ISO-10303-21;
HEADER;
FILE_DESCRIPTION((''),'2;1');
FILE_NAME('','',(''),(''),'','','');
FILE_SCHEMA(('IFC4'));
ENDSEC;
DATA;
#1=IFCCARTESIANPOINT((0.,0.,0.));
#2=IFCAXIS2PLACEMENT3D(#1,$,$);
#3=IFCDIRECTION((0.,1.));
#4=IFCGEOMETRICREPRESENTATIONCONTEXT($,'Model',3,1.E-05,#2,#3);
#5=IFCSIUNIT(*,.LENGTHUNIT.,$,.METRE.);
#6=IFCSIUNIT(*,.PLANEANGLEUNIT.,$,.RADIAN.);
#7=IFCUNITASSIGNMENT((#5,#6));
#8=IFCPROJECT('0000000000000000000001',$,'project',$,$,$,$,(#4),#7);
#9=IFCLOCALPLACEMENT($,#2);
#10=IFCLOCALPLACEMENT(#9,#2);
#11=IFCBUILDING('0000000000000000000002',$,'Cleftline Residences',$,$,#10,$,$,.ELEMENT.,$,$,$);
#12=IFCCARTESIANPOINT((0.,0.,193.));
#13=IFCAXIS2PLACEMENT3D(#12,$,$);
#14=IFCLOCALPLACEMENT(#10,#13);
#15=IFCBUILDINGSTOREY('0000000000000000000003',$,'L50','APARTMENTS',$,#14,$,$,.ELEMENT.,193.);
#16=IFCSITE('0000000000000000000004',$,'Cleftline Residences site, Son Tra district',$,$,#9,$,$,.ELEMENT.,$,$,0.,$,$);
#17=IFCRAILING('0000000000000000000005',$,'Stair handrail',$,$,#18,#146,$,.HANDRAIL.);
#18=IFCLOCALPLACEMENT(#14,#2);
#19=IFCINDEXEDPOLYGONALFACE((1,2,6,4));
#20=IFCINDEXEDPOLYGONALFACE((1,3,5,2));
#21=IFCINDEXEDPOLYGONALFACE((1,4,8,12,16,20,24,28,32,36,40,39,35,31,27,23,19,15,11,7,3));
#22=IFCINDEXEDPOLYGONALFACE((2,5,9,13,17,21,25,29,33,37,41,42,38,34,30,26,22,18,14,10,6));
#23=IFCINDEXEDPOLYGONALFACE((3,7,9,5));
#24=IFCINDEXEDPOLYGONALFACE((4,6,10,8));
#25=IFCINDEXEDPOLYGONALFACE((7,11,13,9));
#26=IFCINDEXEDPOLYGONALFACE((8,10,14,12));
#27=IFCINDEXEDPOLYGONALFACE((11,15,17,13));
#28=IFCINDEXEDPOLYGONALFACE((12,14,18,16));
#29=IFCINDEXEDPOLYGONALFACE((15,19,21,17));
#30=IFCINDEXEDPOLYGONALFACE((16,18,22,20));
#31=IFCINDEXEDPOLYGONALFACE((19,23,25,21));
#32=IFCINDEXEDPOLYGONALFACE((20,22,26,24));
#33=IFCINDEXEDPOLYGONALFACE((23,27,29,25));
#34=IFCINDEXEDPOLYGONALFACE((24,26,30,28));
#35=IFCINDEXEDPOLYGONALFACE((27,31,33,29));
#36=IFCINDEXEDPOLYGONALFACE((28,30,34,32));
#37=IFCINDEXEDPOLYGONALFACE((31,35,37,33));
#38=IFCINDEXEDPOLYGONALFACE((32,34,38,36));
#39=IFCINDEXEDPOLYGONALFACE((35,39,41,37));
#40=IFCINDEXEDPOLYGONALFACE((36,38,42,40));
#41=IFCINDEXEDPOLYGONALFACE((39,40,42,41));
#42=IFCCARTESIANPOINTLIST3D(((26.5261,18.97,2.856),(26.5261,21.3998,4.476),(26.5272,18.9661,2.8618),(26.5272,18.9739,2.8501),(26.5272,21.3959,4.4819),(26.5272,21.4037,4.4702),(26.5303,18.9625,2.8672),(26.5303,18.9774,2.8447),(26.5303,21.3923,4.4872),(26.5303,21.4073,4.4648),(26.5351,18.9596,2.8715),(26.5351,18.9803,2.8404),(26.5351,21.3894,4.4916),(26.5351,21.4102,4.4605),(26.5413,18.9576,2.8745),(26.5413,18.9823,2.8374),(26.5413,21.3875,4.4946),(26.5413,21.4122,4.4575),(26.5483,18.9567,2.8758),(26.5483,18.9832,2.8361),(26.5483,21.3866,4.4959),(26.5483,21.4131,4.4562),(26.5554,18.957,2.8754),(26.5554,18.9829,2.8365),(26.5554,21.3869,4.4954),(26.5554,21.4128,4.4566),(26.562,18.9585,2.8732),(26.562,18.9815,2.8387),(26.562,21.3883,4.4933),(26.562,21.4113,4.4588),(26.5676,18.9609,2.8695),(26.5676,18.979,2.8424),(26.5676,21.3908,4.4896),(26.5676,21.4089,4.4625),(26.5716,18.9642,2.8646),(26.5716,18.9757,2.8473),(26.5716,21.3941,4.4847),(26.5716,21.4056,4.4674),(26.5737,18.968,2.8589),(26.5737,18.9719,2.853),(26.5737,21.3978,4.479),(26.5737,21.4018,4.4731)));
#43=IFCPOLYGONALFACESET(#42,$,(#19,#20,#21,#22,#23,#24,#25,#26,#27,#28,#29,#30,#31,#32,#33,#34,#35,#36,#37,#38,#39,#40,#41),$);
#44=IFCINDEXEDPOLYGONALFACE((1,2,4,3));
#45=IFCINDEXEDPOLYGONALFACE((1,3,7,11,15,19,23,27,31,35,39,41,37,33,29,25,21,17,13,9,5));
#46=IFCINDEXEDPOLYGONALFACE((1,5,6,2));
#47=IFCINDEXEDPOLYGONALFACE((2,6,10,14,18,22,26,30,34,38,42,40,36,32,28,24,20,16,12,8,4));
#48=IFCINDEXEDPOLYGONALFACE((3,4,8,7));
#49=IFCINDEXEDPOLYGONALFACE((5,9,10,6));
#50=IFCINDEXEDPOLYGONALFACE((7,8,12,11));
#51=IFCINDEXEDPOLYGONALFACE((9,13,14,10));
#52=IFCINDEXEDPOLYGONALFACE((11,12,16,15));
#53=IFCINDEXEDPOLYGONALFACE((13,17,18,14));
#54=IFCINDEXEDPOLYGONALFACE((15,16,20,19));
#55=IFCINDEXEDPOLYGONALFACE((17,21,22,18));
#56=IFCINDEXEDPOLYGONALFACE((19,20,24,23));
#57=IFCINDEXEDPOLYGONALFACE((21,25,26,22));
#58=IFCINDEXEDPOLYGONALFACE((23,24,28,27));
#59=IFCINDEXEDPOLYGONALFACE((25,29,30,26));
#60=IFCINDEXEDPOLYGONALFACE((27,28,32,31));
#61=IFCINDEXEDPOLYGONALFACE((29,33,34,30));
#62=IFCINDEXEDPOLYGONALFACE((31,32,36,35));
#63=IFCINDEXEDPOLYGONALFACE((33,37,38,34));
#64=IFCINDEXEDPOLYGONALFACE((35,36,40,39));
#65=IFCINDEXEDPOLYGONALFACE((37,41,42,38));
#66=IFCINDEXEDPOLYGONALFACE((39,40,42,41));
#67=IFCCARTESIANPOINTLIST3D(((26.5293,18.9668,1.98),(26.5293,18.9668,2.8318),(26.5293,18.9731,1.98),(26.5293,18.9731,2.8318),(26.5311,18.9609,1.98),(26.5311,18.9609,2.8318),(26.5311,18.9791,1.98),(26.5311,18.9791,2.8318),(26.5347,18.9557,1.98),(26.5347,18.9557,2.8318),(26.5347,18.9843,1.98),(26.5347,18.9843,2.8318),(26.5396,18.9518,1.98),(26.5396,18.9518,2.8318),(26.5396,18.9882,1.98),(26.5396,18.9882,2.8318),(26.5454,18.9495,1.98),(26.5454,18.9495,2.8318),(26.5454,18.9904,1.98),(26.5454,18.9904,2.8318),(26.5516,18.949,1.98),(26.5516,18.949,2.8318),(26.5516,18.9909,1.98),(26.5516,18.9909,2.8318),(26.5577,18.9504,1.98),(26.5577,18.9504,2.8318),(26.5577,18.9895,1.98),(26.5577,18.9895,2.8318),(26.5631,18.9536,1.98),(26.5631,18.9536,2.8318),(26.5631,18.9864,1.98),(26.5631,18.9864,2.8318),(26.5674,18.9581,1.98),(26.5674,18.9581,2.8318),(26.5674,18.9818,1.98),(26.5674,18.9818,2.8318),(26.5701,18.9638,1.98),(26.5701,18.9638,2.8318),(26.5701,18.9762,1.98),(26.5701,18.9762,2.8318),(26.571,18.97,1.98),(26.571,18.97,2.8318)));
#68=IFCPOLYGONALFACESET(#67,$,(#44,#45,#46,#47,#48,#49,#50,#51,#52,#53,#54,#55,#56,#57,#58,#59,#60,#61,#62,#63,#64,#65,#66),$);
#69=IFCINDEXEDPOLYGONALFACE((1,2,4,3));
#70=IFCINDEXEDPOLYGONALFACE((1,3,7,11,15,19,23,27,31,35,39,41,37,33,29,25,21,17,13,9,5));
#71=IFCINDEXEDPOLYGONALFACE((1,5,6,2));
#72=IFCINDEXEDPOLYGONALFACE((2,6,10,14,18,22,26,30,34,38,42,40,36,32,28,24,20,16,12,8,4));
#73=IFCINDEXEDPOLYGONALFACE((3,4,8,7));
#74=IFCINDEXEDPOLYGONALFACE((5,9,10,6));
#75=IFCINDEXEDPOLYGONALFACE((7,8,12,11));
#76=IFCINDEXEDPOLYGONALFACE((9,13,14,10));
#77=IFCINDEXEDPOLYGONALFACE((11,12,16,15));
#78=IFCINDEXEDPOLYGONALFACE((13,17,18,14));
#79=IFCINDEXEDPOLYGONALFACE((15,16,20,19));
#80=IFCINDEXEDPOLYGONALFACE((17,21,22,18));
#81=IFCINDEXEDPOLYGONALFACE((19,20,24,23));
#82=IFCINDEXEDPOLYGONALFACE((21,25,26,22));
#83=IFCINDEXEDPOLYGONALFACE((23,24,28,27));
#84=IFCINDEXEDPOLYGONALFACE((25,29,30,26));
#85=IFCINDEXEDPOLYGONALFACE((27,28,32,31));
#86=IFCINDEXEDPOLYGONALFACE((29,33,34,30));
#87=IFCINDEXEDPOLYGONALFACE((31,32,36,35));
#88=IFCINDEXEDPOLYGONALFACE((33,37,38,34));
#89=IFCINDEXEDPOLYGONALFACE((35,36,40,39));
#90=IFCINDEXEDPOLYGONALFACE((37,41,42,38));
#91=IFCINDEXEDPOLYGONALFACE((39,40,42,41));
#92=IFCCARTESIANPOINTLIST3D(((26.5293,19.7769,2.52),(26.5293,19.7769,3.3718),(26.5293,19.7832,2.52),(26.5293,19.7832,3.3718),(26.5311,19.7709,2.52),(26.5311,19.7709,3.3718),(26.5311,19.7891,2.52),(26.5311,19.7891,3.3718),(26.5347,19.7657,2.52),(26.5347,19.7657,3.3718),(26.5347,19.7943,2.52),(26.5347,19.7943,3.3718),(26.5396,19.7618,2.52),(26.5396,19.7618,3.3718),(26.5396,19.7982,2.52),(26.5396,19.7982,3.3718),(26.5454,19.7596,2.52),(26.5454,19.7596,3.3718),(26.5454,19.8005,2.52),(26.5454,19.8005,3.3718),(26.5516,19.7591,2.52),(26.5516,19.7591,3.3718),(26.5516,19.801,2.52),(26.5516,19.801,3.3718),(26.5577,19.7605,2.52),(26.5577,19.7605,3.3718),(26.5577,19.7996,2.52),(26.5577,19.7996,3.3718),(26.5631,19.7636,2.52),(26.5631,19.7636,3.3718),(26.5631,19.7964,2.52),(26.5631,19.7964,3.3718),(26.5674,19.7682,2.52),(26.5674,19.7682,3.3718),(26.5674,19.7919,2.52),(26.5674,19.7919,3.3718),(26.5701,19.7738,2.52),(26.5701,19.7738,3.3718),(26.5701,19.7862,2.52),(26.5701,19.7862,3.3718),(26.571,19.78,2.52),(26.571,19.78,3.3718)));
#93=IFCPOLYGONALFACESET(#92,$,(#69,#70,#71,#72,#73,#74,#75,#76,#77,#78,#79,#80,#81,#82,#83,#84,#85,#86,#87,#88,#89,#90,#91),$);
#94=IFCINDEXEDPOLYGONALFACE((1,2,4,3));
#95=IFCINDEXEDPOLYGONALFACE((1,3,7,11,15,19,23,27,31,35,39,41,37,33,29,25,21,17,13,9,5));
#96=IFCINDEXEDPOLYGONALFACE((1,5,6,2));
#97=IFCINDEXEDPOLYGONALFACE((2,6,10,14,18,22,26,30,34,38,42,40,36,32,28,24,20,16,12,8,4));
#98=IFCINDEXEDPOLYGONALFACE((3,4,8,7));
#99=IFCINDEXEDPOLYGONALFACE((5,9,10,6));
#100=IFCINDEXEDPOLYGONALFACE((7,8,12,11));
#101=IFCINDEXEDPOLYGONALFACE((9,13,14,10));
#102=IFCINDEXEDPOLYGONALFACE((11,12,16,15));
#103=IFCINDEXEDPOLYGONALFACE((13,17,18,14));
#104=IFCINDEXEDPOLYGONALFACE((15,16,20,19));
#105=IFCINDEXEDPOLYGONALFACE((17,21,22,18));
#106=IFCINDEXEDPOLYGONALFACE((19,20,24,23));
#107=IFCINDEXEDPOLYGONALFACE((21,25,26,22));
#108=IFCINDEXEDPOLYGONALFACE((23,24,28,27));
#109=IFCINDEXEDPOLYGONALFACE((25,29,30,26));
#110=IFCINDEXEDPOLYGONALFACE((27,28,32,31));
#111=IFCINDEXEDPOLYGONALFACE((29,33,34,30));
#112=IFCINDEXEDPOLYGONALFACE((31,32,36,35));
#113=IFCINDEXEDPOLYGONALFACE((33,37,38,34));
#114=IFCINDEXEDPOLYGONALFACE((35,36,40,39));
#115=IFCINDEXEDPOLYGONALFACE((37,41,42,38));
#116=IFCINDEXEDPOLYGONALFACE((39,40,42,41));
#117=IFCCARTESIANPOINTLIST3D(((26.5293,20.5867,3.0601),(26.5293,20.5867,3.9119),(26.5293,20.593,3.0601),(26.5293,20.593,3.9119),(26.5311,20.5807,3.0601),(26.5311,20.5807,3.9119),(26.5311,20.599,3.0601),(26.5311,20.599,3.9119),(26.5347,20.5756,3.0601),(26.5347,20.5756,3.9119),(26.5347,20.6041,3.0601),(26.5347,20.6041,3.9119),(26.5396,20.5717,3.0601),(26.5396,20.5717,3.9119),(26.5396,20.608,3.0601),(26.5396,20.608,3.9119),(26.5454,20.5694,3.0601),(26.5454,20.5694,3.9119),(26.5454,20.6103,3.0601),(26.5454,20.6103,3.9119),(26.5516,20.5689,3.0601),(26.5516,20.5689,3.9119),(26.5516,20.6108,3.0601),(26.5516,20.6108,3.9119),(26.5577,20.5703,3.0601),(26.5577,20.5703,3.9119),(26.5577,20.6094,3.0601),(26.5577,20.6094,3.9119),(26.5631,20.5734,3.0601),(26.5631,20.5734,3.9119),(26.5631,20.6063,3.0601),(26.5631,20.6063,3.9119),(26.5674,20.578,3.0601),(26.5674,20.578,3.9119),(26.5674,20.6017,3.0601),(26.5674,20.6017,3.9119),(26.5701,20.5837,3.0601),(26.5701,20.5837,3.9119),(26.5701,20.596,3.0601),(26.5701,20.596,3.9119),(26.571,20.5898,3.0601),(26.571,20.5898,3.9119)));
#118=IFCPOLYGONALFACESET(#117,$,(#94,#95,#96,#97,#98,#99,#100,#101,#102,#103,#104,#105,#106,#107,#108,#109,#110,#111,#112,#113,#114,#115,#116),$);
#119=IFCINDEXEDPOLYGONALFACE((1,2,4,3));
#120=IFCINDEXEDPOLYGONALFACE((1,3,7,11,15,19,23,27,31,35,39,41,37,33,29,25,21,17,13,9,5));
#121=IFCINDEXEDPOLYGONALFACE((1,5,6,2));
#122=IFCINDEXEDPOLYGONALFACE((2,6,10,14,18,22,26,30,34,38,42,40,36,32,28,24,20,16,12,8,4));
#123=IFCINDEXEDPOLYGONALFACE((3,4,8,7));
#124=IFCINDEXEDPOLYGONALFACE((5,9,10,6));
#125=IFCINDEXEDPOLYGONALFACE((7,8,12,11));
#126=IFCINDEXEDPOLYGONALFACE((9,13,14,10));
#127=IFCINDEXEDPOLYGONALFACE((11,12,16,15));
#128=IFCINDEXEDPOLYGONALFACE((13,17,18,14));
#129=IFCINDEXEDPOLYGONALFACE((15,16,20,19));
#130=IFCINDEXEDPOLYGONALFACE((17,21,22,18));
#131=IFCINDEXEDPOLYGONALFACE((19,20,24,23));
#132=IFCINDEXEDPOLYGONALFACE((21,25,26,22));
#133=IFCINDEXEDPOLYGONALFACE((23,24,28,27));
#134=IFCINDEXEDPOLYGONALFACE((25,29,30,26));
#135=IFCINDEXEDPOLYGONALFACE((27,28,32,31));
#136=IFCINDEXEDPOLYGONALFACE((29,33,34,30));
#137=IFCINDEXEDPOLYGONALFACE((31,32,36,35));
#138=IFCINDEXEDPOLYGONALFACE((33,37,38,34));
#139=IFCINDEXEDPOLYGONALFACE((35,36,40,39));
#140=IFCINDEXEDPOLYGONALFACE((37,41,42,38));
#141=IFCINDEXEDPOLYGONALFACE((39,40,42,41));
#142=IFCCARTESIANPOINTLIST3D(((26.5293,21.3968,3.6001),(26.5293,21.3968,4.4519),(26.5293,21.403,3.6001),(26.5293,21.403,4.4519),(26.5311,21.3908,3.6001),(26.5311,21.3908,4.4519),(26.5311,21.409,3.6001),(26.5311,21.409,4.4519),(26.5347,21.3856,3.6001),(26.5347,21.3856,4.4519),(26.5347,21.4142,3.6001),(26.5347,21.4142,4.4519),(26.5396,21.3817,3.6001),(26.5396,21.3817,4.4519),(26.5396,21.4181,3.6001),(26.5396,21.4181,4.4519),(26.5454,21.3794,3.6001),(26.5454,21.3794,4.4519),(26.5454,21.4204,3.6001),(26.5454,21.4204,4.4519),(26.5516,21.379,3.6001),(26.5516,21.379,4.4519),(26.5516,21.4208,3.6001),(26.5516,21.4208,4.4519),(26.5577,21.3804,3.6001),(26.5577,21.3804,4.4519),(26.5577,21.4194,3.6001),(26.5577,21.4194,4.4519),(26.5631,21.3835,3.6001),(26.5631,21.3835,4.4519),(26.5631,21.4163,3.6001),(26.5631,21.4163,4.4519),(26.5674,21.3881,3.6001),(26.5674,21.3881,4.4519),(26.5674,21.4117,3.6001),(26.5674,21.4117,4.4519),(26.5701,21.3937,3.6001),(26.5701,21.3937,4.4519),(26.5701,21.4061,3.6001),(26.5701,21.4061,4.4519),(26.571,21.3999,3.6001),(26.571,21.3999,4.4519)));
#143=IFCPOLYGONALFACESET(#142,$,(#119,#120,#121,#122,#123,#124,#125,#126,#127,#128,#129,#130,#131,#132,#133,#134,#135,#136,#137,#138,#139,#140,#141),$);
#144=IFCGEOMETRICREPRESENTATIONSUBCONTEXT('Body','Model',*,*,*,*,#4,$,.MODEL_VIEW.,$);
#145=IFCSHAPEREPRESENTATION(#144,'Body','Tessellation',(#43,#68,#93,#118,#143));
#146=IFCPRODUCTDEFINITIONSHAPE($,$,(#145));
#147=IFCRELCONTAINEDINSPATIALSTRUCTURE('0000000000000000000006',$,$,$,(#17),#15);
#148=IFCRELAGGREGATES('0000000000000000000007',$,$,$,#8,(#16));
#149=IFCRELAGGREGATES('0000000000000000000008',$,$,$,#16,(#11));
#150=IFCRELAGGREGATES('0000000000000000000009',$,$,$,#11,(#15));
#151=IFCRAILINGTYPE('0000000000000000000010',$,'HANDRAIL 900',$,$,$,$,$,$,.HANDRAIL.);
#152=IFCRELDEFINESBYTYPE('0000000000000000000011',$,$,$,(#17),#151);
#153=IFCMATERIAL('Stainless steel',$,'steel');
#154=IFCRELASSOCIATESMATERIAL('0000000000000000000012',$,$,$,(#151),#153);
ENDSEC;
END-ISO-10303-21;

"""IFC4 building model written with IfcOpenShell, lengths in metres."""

from ifc_helpers import new_model, si_unit, direction, frame, origin, origin_2d, place, context, subcontext, project, spatial, circle, extrude, material, type_object, element, save


model = new_model("IFC4")

# Units and contexts
model_context = context("Model", 3, precision=1e-05, world=origin(), true_north=direction((0.0, 1.0)))
body_context = subcontext(model_context, "Body", "Model", "MODEL_VIEW")
ifc_project = project(units=[si_unit("LENGTHUNIT", "METRE"), si_unit("PLANEANGLEUNIT", "RADIAN")], contexts=[model_context])

# Site, building, storey
site_placement = place(None, origin())
site = spatial("IfcSite", under=ifc_project, at=site_placement, Name="Cleftline Residences site, Son Tra district", CompositionType="ELEMENT", RefElevation=0.0)
building_placement = place(site_placement, origin())
building = spatial("IfcBuilding", under=site, at=building_placement, Name="Cleftline Residences", CompositionType="ELEMENT")
storey_placement = place(building_placement, frame((0.0, 0.0, 193.0)))
storey = spatial("IfcBuildingStorey", under=building, at=storey_placement, Name="L50", Description="APARTMENTS", CompositionType="ELEMENT", Elevation=193.0)

# Railing
ifc_material_1 = material(Name="Stainless steel", Category="steel")
railing_type = type_object("IfcRailingType", Name="HANDRAIL 900", PredefinedType="HANDRAIL", material=ifc_material_1)
railing_1_placement = place(storey_placement, frame((26.55, 18.97, 1.98)))
element("IfcRailing", 1, at=railing_1_placement, inside=storey, type_object=railing_type, Name="Stair handrail", PredefinedType="HANDRAIL", context=body_context, shape_type="SweptSolid", body=[
    extrude(circle(Radius=0.0239, at=origin_2d()), frame((0.0, 0.0, 0.876), z_axis=(0.0, 0.832025, 0.554739), x_axis=(-1.0, 0.0, 0.0)), (0.0, 0.0, 1.0), 2.9204),
    extrude(circle(Radius=0.021, at=origin_2d()), origin(), (0.0, 0.0, 1.0), 0.8518),
    extrude(circle(Radius=0.021, at=origin_2d()), frame((0.0, 0.8101, 0.54)), (0.0, 0.0, 1.0), 0.8518),
    extrude(circle(Radius=0.021, at=origin_2d()), frame((0.0, 1.6199, 1.0801)), (0.0, 0.0, 1.0), 0.8518),
    extrude(circle(Radius=0.021, at=origin_2d()), frame((0.0, 2.4299, 1.6201)), (0.0, 0.0, 1.0), 0.8518),
])

save(model, "model.ifc")
